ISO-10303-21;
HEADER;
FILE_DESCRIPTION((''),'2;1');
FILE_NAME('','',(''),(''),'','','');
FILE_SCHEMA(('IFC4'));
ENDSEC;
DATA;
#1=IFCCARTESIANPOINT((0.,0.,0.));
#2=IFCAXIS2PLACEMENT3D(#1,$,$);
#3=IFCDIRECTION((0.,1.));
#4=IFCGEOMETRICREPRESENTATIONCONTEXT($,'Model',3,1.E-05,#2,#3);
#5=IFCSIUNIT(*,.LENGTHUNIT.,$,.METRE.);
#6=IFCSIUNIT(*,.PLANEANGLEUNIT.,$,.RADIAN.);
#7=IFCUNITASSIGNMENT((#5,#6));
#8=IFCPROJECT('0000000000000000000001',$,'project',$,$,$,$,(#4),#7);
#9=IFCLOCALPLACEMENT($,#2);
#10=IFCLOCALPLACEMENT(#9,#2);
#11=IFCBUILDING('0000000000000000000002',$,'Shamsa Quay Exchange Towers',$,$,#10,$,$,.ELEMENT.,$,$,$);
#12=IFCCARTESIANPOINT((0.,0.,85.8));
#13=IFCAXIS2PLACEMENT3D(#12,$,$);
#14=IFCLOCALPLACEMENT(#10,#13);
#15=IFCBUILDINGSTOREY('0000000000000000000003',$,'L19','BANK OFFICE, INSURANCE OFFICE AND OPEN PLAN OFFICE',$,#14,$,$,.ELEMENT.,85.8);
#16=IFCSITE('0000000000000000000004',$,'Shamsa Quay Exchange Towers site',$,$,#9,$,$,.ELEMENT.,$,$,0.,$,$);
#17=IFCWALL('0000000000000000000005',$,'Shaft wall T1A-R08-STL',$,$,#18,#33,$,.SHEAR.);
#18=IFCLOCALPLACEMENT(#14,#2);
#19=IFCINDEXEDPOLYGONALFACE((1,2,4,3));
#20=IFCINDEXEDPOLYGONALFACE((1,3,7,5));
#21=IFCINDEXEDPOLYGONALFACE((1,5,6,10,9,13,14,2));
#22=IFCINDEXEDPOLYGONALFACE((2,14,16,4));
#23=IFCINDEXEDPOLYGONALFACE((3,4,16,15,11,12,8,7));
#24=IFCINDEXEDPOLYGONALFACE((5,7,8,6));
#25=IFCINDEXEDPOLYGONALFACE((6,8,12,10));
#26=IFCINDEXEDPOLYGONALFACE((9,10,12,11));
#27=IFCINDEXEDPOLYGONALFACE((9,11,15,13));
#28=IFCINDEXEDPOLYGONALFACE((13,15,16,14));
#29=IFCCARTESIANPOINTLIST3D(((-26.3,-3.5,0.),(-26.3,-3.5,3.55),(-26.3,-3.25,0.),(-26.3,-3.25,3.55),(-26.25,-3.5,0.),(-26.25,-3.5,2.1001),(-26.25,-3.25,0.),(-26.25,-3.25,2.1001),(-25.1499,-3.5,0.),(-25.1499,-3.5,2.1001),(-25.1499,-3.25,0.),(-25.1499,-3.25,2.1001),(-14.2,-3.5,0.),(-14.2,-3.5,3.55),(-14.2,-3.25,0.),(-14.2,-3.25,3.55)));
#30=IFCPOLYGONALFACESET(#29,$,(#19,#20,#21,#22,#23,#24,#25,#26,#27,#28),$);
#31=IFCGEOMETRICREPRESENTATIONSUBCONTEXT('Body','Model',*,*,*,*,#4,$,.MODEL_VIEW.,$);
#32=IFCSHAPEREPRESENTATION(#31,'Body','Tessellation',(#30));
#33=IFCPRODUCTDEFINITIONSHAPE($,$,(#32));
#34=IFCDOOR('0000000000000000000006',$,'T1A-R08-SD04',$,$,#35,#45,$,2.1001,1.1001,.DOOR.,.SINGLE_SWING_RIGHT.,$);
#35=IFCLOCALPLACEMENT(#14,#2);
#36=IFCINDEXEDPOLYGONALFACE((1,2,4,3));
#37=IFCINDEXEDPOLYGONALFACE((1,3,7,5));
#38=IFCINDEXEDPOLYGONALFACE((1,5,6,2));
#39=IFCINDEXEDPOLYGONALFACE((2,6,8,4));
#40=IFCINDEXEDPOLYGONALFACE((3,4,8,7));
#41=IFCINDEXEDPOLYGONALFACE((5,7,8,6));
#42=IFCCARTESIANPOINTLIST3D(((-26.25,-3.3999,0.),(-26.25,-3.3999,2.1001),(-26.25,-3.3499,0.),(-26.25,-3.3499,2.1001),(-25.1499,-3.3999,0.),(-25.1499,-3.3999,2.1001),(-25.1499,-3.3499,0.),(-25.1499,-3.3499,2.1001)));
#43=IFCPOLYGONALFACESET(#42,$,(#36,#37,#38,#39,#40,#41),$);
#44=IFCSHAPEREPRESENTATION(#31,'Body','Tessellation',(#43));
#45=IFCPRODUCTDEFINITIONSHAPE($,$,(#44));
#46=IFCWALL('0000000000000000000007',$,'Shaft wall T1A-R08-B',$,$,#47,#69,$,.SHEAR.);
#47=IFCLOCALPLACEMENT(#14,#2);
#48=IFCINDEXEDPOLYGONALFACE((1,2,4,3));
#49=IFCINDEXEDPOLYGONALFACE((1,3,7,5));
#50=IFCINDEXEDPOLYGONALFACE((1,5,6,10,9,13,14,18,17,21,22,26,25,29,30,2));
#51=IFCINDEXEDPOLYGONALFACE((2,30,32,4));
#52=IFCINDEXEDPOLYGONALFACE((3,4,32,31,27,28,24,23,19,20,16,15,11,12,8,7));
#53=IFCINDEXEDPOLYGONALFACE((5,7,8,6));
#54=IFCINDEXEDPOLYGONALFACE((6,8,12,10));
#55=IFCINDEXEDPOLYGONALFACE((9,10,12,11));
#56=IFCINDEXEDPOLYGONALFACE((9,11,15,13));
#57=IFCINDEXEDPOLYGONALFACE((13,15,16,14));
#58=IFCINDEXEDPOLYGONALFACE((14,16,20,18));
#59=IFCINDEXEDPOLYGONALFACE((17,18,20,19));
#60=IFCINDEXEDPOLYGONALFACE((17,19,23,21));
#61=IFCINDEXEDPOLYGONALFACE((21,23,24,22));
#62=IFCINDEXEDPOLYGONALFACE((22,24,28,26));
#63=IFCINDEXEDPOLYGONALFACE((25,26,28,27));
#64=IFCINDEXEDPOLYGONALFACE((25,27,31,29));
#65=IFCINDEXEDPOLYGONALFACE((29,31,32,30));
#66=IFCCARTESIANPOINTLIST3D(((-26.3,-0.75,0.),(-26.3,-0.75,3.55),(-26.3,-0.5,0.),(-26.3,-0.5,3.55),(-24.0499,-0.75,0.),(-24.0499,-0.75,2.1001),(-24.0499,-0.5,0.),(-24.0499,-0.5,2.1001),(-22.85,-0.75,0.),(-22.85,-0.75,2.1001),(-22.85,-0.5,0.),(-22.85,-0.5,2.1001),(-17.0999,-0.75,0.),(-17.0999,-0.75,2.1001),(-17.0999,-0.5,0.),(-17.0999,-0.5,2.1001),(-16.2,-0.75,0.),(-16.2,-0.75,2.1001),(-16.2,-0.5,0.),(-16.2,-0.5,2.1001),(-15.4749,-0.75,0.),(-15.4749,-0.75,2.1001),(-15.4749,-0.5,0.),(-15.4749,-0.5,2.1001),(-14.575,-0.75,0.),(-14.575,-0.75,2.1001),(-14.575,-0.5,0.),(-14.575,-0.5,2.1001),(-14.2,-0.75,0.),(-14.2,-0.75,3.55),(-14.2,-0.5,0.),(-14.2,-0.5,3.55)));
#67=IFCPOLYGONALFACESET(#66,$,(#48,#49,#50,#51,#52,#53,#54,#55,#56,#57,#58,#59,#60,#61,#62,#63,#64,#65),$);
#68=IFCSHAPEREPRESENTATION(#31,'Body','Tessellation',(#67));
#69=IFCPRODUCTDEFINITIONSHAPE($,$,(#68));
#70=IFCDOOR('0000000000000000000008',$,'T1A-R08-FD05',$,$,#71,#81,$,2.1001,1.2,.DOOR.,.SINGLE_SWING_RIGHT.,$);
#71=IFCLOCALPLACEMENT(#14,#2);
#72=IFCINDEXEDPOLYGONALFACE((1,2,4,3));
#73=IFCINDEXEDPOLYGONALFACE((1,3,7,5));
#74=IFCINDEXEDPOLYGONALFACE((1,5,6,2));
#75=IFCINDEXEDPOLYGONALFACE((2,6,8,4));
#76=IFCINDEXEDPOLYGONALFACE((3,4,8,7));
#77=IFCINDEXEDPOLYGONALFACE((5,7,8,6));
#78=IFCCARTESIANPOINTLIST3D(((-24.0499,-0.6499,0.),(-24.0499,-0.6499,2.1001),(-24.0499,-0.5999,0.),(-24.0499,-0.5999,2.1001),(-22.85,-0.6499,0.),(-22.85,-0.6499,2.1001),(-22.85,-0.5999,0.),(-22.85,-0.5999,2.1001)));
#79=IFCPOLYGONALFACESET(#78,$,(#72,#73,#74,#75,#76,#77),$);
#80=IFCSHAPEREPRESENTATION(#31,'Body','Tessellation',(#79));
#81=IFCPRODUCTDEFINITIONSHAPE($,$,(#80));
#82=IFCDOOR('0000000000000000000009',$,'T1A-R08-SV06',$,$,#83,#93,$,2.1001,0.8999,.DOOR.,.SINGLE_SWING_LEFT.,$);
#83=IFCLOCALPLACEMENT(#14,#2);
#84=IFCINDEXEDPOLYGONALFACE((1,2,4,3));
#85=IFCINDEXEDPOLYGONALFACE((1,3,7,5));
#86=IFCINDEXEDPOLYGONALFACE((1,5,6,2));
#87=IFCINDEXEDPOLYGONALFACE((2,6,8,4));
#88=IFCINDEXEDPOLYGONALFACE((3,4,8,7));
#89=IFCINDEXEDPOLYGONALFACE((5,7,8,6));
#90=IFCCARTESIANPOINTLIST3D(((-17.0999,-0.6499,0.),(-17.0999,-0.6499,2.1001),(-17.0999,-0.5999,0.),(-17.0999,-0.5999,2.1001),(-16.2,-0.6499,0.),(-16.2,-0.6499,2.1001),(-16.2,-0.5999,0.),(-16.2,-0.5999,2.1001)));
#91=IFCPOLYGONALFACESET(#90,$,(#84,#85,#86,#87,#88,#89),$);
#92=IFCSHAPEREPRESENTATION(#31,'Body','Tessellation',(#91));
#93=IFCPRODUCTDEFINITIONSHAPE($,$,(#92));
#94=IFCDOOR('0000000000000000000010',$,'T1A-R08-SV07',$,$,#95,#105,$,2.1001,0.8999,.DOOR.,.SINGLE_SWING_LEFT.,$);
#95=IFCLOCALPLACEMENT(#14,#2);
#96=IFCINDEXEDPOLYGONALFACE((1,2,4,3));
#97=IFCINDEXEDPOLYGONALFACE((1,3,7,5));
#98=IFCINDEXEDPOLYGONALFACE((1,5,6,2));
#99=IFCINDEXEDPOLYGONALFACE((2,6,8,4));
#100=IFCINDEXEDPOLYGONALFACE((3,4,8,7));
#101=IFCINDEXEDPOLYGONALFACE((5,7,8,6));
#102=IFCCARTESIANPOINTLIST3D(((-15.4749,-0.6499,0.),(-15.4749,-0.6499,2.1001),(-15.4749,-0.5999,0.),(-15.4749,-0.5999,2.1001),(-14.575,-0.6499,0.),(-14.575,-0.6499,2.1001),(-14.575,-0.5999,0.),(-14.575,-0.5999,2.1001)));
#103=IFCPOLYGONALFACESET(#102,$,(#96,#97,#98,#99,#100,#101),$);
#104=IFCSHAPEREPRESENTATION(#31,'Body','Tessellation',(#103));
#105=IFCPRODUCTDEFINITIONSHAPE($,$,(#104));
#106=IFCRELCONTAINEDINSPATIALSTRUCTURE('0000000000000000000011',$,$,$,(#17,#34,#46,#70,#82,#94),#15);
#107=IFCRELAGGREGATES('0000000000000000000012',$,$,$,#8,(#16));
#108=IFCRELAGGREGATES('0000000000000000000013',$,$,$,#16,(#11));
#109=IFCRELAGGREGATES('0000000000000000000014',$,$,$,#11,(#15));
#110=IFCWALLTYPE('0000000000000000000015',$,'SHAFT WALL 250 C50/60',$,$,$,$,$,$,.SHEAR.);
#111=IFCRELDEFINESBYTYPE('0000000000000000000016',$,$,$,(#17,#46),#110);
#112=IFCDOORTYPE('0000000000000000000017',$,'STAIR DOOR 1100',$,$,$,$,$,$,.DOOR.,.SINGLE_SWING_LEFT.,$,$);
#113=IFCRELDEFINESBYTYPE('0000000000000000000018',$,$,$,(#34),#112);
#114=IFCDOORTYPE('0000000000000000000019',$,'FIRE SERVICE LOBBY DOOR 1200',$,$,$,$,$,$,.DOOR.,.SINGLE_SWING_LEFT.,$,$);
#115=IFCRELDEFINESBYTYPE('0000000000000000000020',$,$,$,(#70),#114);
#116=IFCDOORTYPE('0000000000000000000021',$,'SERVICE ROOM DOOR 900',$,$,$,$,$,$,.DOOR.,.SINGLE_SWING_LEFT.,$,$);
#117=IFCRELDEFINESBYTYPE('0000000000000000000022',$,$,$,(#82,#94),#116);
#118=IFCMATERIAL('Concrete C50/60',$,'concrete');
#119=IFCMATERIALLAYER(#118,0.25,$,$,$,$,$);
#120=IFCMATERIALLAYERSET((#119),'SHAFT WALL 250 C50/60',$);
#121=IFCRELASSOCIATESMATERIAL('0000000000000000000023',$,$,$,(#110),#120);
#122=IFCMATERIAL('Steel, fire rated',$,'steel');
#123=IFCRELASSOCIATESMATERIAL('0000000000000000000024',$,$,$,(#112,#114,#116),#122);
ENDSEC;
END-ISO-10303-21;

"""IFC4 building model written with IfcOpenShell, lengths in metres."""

from ifc_helpers import new_model, si_unit, direction, frame, frame_2d, origin, place, context, subcontext, project, spatial, rectangle, extrude, material, layer, layer_set, type_object, element, fill, save


model = new_model("IFC4")

# Units and contexts
model_context = context("Model", 3, precision=1e-05, world=origin(), true_north=direction((0.0, 1.0)))
body_context = subcontext(model_context, "Body", "Model", "MODEL_VIEW")
ifc_project = project(units=[si_unit("LENGTHUNIT", "METRE"), si_unit("PLANEANGLEUNIT", "RADIAN")], contexts=[model_context])

# Site, building, storey
site_placement = place(None, origin())
site = spatial("IfcSite", under=ifc_project, at=site_placement, Name="Shamsa Quay Exchange Towers site", CompositionType="ELEMENT", RefElevation=0.0)
building_placement = place(site_placement, origin())
building = spatial("IfcBuilding", under=site, at=building_placement, Name="Shamsa Quay Exchange Towers", CompositionType="ELEMENT")
storey_placement = place(building_placement, frame((0.0, 0.0, 85.8)))
storey = spatial("IfcBuildingStorey", under=building, at=storey_placement, Name="L19", Description="BANK OFFICE, INSURANCE OFFICE AND OPEN PLAN OFFICE", CompositionType="ELEMENT", Elevation=85.8)

# Shared definitions
ifc_material_1 = material(Name="Steel, fire rated", Category="steel")

# Wall, opening, door
ifc_material_2 = material(Name="Concrete C50/60", Category="concrete")
ifc_layer_1 = layer(ifc_material_2, 0.25)
ifc_layer_set_1 = layer_set([ifc_layer_1], Name="SHAFT WALL 250 C50/60")
wall_type_1 = type_object("IfcWallType", Name="SHAFT WALL 250 C50/60", PredefinedType="SHEAR", material=ifc_layer_set_1)
wall_1_placement = place(storey_placement, frame((-14.2, -3.375, 0.0), z_axis=(0.0, 0.0, 1.0), x_axis=(-1.0, 0.0, 0.0)))
wall_1 = element("IfcWall", 1, at=wall_1_placement, inside=storey, type_object=wall_type_1, Name="Shaft wall T1A-R08-STL", PredefinedType="SHEAR", context=body_context, shape_type="SweptSolid", body=[
    extrude(rectangle(XDim=12.1001, YDim=0.25, at=frame_2d((6.05, 0.0))), origin(), (0.0, 0.0, 1.0), 3.55),
])
opening_1_placement = place(wall_1_placement, frame((10.95, 0.0, 0.0)))
opening_1 = element("IfcOpeningElement", 2, at=opening_1_placement, cuts=wall_1, PredefinedType="OPENING", context=body_context, shape_type="SweptSolid", body=[
    extrude(rectangle(XDim=1.1001, YDim=2.1001, at=frame_2d((0.55, 1.05))), frame((0.0, 0.135, 0.0), z_axis=(0.0, -1.0, 0.0), x_axis=(1.0, 0.0, 0.0)), (0.0, 0.0, 1.0), 0.27),
])
door_type_1 = type_object("IfcDoorType", Name="STAIR DOOR 1100", OperationType="SINGLE_SWING_LEFT", PredefinedType="DOOR", material=ifc_material_1)
door_1_placement = place(opening_1_placement, origin())
door_1 = element("IfcDoor", 3, at=door_1_placement, inside=storey, type_object=door_type_1, Name="T1A-R08-SD04", OperationType="SINGLE_SWING_RIGHT", OverallHeight=2.1001, OverallWidth=1.1001, PredefinedType="DOOR", context=body_context, shape_type="SweptSolid", body=[
    extrude(rectangle(XDim=1.1001, YDim=2.1001, at=frame_2d((0.55, 1.05))), frame((0.0, 0.0249, 0.0), z_axis=(0.0, -1.0, 0.0), x_axis=(1.0, 0.0, 0.0)), (0.0, 0.0, 1.0), 0.05),
])
fill(opening_1, door_1)

# Wall, openings, doors
wall_2_placement = place(storey_placement, frame((-14.2, -0.625, 0.0), z_axis=(0.0, 0.0, 1.0), x_axis=(-1.0, 0.0, 0.0)))
wall_2 = element("IfcWall", 4, at=wall_2_placement, inside=storey, type_object=wall_type_1, Name="Shaft wall T1A-R08-B", PredefinedType="SHEAR", context=body_context, shape_type="SweptSolid", body=[
    extrude(rectangle(XDim=12.1001, YDim=0.25, at=frame_2d((6.05, 0.0))), origin(), (0.0, 0.0, 1.0), 3.55),
])
opening_2_placement = place(wall_2_placement, frame((8.6499, 0.0, 0.0)))
opening_2 = element("IfcOpeningElement", 5, at=opening_2_placement, cuts=wall_2, PredefinedType="OPENING", context=body_context, shape_type="SweptSolid", body=[
    extrude(rectangle(XDim=1.2, YDim=2.1001, at=frame_2d((0.6001, 1.05))), frame((0.0, 0.135, 0.0), z_axis=(0.0, -1.0, 0.0), x_axis=(1.0, 0.0, 0.0)), (0.0, 0.0, 1.0), 0.27),
])
opening_3_placement = place(wall_2_placement, frame((2.0, 0.0, 0.0)))
opening_3 = element("IfcOpeningElement", 6, at=opening_3_placement, cuts=wall_2, PredefinedType="OPENING", context=body_context, shape_type="SweptSolid", body=[
    extrude(rectangle(XDim=0.8999, YDim=2.1001, at=frame_2d((0.45, 1.05))), frame((0.0, 0.135, 0.0), z_axis=(0.0, -1.0, 0.0), x_axis=(1.0, 0.0, 0.0)), (0.0, 0.0, 1.0), 0.27),
])
opening_4_placement = place(wall_2_placement, frame((0.375, 0.0, 0.0)))
opening_4 = element("IfcOpeningElement", 7, at=opening_4_placement, cuts=wall_2, PredefinedType="OPENING", context=body_context, shape_type="SweptSolid", body=[
    extrude(rectangle(XDim=0.8999, YDim=2.1001, at=frame_2d((0.45, 1.05))), frame((0.0, 0.135, 0.0), z_axis=(0.0, -1.0, 0.0), x_axis=(1.0, 0.0, 0.0)), (0.0, 0.0, 1.0), 0.27),
])
door_type_2 = type_object("IfcDoorType", Name="FIRE SERVICE LOBBY DOOR 1200", OperationType="SINGLE_SWING_LEFT", PredefinedType="DOOR", material=ifc_material_1)
door_2_placement = place(opening_2_placement, origin())
door_2 = element("IfcDoor", 8, at=door_2_placement, inside=storey, type_object=door_type_2, Name="T1A-R08-FD05", OperationType="SINGLE_SWING_RIGHT", OverallHeight=2.1001, OverallWidth=1.2, PredefinedType="DOOR", context=body_context, shape_type="SweptSolid", body=[
    extrude(rectangle(XDim=1.2, YDim=2.1001, at=frame_2d((0.6001, 1.05))), frame((0.0, 0.0249, 0.0), z_axis=(0.0, -1.0, 0.0), x_axis=(1.0, 0.0, 0.0)), (0.0, 0.0, 1.0), 0.05),
])
fill(opening_2, door_2)
door_type_3 = type_object("IfcDoorType", Name="SERVICE ROOM DOOR 900", OperationType="SINGLE_SWING_LEFT", PredefinedType="DOOR", material=ifc_material_1)
door_3_placement = place(opening_3_placement, origin())
door_3 = element("IfcDoor", 9, at=door_3_placement, inside=storey, type_object=door_type_3, Name="T1A-R08-SV06", OperationType="SINGLE_SWING_LEFT", OverallHeight=2.1001, OverallWidth=0.8999, PredefinedType="DOOR", context=body_context, shape_type="SweptSolid", body=[
    extrude(rectangle(XDim=0.8999, YDim=2.1001, at=frame_2d((0.45, 1.05))), frame((0.0, 0.0249, 0.0), z_axis=(0.0, -1.0, 0.0), x_axis=(1.0, 0.0, 0.0)), (0.0, 0.0, 1.0), 0.05),
])
fill(opening_3, door_3)
door_4_placement = place(opening_4_placement, origin())
door_4 = element("IfcDoor", 10, at=door_4_placement, inside=storey, type_object=door_type_3, Name="T1A-R08-SV07", OperationType="SINGLE_SWING_LEFT", OverallHeight=2.1001, OverallWidth=0.8999, PredefinedType="DOOR", context=body_context, shape_type="SweptSolid", body=[
    extrude(rectangle(XDim=0.8999, YDim=2.1001, at=frame_2d((0.45, 1.05))), frame((0.0, 0.0249, 0.0), z_axis=(0.0, -1.0, 0.0), x_axis=(1.0, 0.0, 0.0)), (0.0, 0.0, 1.0), 0.05),
])
fill(opening_4, door_4)

save(model, "model.ifc")
